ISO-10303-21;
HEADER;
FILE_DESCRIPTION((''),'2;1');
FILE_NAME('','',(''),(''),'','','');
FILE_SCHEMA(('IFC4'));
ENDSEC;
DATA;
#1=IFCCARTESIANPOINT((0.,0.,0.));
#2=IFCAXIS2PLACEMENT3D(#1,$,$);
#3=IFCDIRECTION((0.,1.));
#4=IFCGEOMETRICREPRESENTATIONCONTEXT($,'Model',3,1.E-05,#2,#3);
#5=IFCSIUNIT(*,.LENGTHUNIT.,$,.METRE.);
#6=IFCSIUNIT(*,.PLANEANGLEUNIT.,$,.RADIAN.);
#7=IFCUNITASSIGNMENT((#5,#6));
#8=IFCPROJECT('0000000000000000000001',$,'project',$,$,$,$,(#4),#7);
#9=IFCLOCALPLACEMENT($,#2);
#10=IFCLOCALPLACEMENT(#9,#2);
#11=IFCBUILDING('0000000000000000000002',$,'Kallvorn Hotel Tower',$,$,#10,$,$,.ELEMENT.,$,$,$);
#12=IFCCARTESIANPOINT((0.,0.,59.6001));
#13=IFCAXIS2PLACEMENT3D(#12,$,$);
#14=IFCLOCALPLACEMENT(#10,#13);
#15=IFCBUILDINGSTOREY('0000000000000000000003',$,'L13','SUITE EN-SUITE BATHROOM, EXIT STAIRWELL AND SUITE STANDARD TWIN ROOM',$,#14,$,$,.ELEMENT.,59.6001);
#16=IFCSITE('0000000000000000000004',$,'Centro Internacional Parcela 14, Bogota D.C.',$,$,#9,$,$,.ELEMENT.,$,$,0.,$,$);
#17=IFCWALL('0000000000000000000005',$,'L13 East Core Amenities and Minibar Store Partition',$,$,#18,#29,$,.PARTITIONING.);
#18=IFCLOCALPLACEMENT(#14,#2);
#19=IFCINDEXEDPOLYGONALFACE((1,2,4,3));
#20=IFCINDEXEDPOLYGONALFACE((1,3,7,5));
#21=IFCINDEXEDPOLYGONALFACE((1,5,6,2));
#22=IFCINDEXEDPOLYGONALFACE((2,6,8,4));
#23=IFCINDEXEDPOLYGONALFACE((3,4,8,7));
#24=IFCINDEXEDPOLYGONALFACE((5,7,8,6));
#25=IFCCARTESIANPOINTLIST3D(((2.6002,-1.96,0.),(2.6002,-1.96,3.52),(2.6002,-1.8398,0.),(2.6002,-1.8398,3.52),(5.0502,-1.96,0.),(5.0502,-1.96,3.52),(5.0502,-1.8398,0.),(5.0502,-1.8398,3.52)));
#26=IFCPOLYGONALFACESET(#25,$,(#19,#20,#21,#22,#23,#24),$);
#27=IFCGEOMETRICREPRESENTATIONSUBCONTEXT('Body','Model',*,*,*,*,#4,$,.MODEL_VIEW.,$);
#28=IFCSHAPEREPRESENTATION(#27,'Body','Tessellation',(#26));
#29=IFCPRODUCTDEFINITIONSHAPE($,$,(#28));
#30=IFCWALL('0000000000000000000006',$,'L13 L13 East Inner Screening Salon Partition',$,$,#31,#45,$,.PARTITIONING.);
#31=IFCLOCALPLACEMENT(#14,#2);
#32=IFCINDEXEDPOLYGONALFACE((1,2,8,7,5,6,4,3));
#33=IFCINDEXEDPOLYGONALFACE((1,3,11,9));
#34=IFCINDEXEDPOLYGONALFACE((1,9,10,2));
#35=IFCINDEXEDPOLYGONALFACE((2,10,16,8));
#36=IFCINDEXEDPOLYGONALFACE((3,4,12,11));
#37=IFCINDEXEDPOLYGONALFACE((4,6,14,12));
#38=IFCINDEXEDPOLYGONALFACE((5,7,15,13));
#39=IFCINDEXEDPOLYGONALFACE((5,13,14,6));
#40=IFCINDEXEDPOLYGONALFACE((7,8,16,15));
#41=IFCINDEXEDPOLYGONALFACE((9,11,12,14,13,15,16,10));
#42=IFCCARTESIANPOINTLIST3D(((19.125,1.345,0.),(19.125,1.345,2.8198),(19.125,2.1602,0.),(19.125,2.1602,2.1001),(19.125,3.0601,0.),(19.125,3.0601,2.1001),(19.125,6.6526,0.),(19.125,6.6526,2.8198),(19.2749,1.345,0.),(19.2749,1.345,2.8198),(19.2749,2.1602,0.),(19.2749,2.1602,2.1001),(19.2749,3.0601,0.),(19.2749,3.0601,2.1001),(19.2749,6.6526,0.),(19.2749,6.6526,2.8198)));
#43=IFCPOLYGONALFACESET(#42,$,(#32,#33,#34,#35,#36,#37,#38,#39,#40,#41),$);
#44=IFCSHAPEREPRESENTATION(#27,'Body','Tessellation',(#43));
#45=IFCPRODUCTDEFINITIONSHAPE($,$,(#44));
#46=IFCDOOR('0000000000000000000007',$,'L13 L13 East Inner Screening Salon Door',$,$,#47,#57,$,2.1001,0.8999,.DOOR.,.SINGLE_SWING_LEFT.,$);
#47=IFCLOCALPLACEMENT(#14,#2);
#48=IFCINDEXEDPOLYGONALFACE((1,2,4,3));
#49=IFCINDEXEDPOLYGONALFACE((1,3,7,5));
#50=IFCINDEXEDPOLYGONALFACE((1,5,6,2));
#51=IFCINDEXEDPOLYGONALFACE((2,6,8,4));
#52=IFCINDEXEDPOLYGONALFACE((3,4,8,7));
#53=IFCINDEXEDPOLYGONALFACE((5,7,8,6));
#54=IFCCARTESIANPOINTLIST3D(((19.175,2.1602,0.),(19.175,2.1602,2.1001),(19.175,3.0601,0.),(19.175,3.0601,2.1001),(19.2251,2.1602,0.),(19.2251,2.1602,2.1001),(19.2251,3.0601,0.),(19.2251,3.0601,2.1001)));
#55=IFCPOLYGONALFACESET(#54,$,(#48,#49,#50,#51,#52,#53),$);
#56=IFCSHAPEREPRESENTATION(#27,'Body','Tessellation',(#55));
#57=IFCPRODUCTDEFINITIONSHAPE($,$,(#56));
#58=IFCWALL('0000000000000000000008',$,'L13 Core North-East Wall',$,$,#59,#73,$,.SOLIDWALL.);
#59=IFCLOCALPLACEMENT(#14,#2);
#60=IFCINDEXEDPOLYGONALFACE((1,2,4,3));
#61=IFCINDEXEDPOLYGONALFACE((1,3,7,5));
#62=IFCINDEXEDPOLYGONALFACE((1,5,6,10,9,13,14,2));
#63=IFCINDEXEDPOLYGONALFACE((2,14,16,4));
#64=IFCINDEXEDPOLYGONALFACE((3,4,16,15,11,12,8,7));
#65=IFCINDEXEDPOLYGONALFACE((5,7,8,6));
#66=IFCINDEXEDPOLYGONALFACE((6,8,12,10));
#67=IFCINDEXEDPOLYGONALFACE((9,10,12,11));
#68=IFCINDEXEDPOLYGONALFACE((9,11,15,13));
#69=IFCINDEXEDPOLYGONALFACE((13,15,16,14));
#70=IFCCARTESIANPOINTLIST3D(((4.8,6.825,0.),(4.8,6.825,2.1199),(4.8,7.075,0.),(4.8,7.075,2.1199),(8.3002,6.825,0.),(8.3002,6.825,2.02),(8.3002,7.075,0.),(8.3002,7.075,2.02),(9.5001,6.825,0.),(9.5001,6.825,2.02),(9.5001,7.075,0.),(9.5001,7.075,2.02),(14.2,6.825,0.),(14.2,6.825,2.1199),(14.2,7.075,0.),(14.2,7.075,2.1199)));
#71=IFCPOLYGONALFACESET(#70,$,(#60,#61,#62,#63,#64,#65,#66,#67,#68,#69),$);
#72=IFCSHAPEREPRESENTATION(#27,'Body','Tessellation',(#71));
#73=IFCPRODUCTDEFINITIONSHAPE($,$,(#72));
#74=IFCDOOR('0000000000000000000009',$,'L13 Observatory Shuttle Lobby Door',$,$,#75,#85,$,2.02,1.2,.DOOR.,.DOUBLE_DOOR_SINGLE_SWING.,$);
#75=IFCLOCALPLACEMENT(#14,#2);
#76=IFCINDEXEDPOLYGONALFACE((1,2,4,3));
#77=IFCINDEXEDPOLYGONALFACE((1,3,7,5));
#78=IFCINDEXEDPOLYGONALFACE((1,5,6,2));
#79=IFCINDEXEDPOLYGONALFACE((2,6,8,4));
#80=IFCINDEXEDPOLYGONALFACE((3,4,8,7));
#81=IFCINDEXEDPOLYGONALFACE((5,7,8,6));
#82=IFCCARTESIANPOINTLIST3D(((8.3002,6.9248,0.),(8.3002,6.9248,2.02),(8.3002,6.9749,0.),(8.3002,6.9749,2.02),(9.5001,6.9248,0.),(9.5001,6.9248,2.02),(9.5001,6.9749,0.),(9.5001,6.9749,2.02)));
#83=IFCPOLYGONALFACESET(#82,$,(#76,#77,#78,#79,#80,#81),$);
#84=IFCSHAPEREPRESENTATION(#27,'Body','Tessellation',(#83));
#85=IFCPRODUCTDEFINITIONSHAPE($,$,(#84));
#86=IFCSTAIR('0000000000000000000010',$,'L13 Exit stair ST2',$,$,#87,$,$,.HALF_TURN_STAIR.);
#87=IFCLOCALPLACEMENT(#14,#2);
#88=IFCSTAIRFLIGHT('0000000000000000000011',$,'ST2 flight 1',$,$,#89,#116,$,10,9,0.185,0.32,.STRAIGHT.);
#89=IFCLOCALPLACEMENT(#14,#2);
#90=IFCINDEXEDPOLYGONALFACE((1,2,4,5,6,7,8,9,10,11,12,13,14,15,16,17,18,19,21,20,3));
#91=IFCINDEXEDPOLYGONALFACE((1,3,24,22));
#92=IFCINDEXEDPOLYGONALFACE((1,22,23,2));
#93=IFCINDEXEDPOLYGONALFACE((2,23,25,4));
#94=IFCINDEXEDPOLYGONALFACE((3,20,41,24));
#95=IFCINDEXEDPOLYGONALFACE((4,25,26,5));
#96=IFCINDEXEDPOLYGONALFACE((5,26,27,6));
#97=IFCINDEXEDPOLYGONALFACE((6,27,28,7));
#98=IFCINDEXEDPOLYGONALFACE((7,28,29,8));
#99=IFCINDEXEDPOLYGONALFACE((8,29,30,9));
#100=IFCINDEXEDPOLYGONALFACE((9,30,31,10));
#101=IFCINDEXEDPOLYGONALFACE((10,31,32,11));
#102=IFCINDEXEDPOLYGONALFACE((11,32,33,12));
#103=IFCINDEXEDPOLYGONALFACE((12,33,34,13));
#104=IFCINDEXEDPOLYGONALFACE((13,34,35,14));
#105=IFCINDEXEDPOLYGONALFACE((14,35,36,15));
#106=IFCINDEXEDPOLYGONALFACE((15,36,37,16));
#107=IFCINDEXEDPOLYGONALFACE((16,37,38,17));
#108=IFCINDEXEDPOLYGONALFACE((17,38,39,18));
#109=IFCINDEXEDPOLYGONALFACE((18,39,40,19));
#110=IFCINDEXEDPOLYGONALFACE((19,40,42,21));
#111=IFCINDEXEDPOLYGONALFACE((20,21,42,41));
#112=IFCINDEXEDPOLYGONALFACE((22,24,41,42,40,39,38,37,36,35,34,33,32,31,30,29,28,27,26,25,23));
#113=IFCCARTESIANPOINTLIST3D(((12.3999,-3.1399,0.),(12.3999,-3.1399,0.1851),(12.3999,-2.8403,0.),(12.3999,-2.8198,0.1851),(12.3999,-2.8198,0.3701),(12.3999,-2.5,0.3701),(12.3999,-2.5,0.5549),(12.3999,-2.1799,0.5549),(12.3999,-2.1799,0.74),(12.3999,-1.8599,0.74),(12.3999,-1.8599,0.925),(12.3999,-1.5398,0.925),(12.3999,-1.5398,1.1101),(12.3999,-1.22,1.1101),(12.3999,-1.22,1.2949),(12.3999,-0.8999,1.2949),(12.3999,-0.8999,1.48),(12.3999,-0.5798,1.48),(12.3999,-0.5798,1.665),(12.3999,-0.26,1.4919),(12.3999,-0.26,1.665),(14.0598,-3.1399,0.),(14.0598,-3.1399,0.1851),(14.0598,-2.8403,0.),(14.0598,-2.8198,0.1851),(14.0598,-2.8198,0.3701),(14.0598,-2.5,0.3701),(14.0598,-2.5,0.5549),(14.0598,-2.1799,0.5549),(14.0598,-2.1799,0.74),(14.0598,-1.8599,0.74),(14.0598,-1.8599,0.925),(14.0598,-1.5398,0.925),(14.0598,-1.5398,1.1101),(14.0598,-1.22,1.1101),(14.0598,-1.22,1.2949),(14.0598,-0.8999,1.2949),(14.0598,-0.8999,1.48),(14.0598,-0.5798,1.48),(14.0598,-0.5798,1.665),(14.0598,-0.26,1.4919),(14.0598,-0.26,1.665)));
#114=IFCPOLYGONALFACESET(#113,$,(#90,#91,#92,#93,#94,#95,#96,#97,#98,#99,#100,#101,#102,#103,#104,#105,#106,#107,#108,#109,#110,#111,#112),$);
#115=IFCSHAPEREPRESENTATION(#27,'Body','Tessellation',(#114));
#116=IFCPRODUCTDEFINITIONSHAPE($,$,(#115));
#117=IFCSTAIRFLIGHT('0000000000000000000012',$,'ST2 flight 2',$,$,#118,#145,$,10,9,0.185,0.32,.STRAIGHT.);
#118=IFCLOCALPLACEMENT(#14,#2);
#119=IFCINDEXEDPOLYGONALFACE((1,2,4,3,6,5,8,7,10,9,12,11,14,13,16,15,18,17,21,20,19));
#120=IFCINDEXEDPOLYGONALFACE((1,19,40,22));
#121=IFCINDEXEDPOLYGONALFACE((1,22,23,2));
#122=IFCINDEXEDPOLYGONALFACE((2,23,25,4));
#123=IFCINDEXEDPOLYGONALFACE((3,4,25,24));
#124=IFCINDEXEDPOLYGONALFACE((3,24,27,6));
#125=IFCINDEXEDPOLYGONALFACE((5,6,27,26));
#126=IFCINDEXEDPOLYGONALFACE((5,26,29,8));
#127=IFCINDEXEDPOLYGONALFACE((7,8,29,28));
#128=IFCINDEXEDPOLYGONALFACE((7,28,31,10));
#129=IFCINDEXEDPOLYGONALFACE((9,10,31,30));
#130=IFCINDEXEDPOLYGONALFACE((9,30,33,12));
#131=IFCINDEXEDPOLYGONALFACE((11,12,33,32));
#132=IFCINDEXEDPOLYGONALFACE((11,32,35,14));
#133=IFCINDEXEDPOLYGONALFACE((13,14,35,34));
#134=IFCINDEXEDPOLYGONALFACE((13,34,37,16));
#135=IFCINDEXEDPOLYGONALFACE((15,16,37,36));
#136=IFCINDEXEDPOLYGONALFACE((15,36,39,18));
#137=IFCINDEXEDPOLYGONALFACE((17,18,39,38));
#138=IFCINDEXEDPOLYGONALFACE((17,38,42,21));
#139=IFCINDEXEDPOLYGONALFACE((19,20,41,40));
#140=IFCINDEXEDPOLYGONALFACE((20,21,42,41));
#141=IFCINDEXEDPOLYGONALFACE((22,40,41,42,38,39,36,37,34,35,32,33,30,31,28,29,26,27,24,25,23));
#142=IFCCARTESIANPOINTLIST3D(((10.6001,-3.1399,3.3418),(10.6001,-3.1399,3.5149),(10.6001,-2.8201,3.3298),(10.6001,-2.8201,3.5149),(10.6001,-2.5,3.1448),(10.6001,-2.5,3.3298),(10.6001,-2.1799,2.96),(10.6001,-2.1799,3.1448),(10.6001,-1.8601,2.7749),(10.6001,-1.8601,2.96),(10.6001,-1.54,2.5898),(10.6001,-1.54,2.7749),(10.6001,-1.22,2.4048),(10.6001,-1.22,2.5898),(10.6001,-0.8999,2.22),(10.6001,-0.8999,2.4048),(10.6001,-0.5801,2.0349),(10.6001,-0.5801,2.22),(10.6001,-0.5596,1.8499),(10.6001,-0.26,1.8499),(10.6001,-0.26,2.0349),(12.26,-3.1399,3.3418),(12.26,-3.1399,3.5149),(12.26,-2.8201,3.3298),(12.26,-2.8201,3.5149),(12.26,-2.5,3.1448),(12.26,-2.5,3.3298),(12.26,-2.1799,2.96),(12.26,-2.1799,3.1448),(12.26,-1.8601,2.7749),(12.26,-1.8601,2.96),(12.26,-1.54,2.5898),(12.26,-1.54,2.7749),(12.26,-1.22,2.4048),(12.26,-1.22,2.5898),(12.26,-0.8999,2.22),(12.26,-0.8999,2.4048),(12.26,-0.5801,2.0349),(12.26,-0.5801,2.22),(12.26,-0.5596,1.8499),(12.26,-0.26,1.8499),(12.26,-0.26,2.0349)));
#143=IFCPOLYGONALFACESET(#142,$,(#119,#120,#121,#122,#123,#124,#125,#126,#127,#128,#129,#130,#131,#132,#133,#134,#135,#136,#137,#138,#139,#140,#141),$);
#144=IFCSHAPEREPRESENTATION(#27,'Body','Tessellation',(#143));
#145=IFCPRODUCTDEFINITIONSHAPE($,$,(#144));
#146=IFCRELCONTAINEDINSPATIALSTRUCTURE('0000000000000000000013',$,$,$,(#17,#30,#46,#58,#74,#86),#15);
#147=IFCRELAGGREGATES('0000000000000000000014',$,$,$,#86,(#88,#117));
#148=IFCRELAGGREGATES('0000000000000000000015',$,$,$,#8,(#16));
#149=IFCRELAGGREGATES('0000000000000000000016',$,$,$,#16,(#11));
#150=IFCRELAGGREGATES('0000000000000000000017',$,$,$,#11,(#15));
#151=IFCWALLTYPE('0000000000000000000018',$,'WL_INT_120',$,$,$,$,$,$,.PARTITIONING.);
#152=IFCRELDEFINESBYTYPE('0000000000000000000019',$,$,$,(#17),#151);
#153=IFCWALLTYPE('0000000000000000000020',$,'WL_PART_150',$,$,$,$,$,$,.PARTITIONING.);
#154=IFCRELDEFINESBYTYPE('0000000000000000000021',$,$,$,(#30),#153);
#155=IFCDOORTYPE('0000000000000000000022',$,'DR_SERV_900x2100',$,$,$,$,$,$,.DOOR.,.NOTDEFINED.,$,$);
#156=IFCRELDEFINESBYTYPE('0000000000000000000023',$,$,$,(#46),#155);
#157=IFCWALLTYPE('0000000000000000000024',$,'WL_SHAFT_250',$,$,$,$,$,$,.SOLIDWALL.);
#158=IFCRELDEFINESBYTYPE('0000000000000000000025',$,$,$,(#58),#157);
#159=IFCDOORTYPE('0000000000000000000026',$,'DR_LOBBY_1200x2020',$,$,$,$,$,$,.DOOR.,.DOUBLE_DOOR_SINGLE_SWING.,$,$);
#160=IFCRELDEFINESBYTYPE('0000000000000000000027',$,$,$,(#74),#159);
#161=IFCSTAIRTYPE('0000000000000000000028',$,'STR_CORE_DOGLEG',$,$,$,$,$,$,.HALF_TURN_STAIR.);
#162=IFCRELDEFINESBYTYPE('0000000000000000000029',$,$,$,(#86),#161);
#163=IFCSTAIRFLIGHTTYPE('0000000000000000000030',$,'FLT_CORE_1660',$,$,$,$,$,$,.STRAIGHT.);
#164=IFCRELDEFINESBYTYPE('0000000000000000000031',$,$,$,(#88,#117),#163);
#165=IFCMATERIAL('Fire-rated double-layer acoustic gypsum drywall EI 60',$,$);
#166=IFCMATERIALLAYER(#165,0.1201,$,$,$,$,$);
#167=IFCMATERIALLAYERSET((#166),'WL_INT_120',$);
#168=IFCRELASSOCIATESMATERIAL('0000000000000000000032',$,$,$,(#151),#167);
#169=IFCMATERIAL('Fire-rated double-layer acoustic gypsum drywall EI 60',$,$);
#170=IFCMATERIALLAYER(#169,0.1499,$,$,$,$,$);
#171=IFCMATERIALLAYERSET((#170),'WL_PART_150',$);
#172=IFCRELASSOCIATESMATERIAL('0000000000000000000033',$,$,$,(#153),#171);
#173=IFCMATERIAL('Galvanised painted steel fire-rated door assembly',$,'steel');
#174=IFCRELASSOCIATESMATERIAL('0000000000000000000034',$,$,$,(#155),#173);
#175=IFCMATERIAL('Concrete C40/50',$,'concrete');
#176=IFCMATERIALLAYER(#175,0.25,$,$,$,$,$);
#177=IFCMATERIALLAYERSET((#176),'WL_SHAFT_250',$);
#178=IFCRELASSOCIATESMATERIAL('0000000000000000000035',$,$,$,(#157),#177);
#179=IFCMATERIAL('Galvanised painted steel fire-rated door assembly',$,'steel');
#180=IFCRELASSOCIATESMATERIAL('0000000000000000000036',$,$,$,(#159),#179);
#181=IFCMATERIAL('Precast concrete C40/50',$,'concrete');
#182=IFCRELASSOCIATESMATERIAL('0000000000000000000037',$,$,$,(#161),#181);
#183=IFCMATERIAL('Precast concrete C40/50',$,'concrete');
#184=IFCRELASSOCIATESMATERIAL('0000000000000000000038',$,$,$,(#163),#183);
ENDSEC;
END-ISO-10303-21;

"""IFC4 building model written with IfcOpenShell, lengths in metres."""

from ifc_helpers import new_model, si_unit, direction, frame, frame_2d, origin, place, context, subcontext, project, spatial, polyline, rectangle, outline, extrude, material, layer, layer_set, type_object, element, fill, aggregate, save


model = new_model("IFC4")

# Units and contexts
model_context = context("Model", 3, precision=1e-05, world=origin(), true_north=direction((0.0, 1.0)))
body_context = subcontext(model_context, "Body", "Model", "MODEL_VIEW")
ifc_project = project(units=[si_unit("LENGTHUNIT", "METRE"), si_unit("PLANEANGLEUNIT", "RADIAN")], contexts=[model_context])

# Site, building, storey
site_placement = place(None, origin())
site = spatial("IfcSite", under=ifc_project, at=site_placement, Name="Centro Internacional Parcela 14, Bogota D.C.", CompositionType="ELEMENT", RefElevation=0.0)
building_placement = place(site_placement, origin())
building = spatial("IfcBuilding", under=site, at=building_placement, Name="Kallvorn Hotel Tower", CompositionType="ELEMENT")
storey_placement = place(building_placement, frame((0.0, 0.0, 59.6001)))
storey = spatial("IfcBuildingStorey", under=building, at=storey_placement, Name="L13", Description="SUITE EN-SUITE BATHROOM, EXIT STAIRWELL AND SUITE STANDARD TWIN ROOM", CompositionType="ELEMENT", Elevation=59.6001)

# Wall
ifc_material_1 = material(Name="Fire-rated double-layer acoustic gypsum drywall EI 60")
ifc_layer_1 = layer(ifc_material_1, 0.1201)
ifc_layer_set_1 = layer_set([ifc_layer_1], Name="WL_INT_120")
wall_type_1 = type_object("IfcWallType", Name="WL_INT_120", PredefinedType="PARTITIONING", material=ifc_layer_set_1)
wall_1_placement = place(storey_placement, frame((2.6001, -1.8999, 0.0), z_axis=(0.0, 0.0, 1.0), x_axis=(1.0, 0.0, 0.0)))
element("IfcWall", 1, at=wall_1_placement, inside=storey, type_object=wall_type_1, Name="L13 East Core Amenities and Minibar Store Partition", PredefinedType="PARTITIONING", context=body_context, shape_type="SweptSolid", body=[
    extrude(rectangle(XDim=2.45, YDim=0.1201, at=frame_2d((1.2251, 0.0))), origin(), (0.0, 0.0, 1.0), 3.52),
])

# Walls, openings, doors
ifc_material_2 = material(Name="Fire-rated double-layer acoustic gypsum drywall EI 60")
ifc_layer_2 = layer(ifc_material_2, 0.1499)
ifc_layer_set_2 = layer_set([ifc_layer_2], Name="WL_PART_150")
wall_type_2 = type_object("IfcWallType", Name="WL_PART_150", PredefinedType="PARTITIONING", material=ifc_layer_set_2)
wall_2_placement = place(storey_placement, frame((19.2, 1.345, 0.0), z_axis=(0.0, 0.0, 1.0), x_axis=(0.0, 1.0, 0.0)))
wall_2 = element("IfcWall", 2, at=wall_2_placement, inside=storey, type_object=wall_type_2, Name="L13 L13 East Inner Screening Salon Partition", PredefinedType="PARTITIONING", context=body_context, shape_type="SweptSolid", body=[
    extrude(rectangle(XDim=5.3076, YDim=0.1499, at=frame_2d((2.6538, 0.0))), origin(), (0.0, 0.0, 1.0), 2.8198),
])
opening_1_placement = place(wall_2_placement, frame((0.8152, 0.0, 0.0)))
opening_1 = element("IfcOpeningElement", 3, at=opening_1_placement, cuts=wall_2, PredefinedType="OPENING", context=body_context, shape_type="SweptSolid", body=[
    extrude(rectangle(XDim=0.8999, YDim=2.1001, at=frame_2d((0.45, 1.05))), frame((0.0, 0.0898, 0.0), z_axis=(0.0, -1.0, 0.0), x_axis=(1.0, 0.0, 0.0)), (0.0, 0.0, 1.0), 0.1799),
])
ifc_material_3 = material(Name="Galvanised painted steel fire-rated door assembly", Category="steel")
door_type_1 = type_object("IfcDoorType", Name="DR_SERV_900x2100", OperationType="NOTDEFINED", PredefinedType="DOOR", material=ifc_material_3)
door_1_placement = place(opening_1_placement, origin())
door_1 = element("IfcDoor", 4, at=door_1_placement, inside=storey, type_object=door_type_1, Name="L13 L13 East Inner Screening Salon Door", OperationType="SINGLE_SWING_LEFT", OverallHeight=2.1001, OverallWidth=0.8999, PredefinedType="DOOR", context=body_context, shape_type="SweptSolid", body=[
    extrude(rectangle(XDim=0.8999, YDim=2.1001, at=frame_2d((0.45, 1.05))), frame((0.0, 0.0249, 0.0), z_axis=(0.0, -1.0, 0.0), x_axis=(1.0, 0.0, 0.0)), (0.0, 0.0, 1.0), 0.05),
])
fill(opening_1, door_1)
ifc_material_4 = material(Name="Concrete C40/50", Category="concrete")
ifc_layer_3 = layer(ifc_material_4, 0.25)
ifc_layer_set_3 = layer_set([ifc_layer_3], Name="WL_SHAFT_250")
wall_type_3 = type_object("IfcWallType", Name="WL_SHAFT_250", PredefinedType="SOLIDWALL", material=ifc_layer_set_3)
wall_3_placement = place(storey_placement, frame((4.8, 6.95, 0.0), z_axis=(0.0, 0.0, 1.0), x_axis=(1.0, 0.0, 0.0)))
wall_3 = element("IfcWall", 5, at=wall_3_placement, inside=storey, type_object=wall_type_3, Name="L13 Core North-East Wall", PredefinedType="SOLIDWALL", context=body_context, shape_type="SweptSolid", body=[
    extrude(rectangle(XDim=9.3999, YDim=0.25, at=frame_2d((4.7, 0.0))), origin(), (0.0, 0.0, 1.0), 2.1199),
])
opening_2_placement = place(wall_3_placement, frame((3.5, 0.0, 0.0)))
opening_2 = element("IfcOpeningElement", 6, at=opening_2_placement, cuts=wall_3, PredefinedType="OPENING", context=body_context, shape_type="SweptSolid", body=[
    extrude(rectangle(XDim=1.2, YDim=2.02, at=frame_2d((0.6001, 1.01))), frame((0.0, 0.1399, 0.0), z_axis=(0.0, -1.0, 0.0), x_axis=(1.0, 0.0, 0.0)), (0.0, 0.0, 1.0), 0.28),
])
ifc_material_5 = material(Name="Galvanised painted steel fire-rated door assembly", Category="steel")
door_type_2 = type_object("IfcDoorType", Name="DR_LOBBY_1200x2020", OperationType="DOUBLE_DOOR_SINGLE_SWING", PredefinedType="DOOR", material=ifc_material_5)
door_2_placement = place(opening_2_placement, origin())
door_2 = element("IfcDoor", 7, at=door_2_placement, inside=storey, type_object=door_type_2, Name="L13 Observatory Shuttle Lobby Door", OperationType="DOUBLE_DOOR_SINGLE_SWING", OverallHeight=2.02, OverallWidth=1.2, PredefinedType="DOOR", context=body_context, shape_type="SweptSolid", body=[
    extrude(rectangle(XDim=1.2, YDim=2.02, at=frame_2d((0.6001, 1.01))), frame((0.0, 0.0249, 0.0), z_axis=(0.0, -1.0, 0.0), x_axis=(1.0, 0.0, 0.0)), (0.0, 0.0, 1.0), 0.05),
])
fill(opening_2, door_2)

# Stair, stair flights
ifc_material_6 = material(Name="Precast concrete C40/50", Category="concrete")
stair_type = type_object("IfcStairType", Name="STR_CORE_DOGLEG", PredefinedType="HALF_TURN_STAIR", material=ifc_material_6)
stair_placement = place(storey_placement, origin())
stair = element("IfcStair", 8, at=stair_placement, inside=storey, type_object=stair_type, Name="L13 Exit stair ST2", PredefinedType="HALF_TURN_STAIR")
ifc_material_7 = material(Name="Precast concrete C40/50", Category="concrete")
stair_flight_type = type_object("IfcStairFlightType", Name="FLT_CORE_1660", PredefinedType="STRAIGHT", material=ifc_material_7)
stair_flight_1_placement = place(storey_placement, frame((13.23, -3.1399, 0.0), z_axis=(0.0, 0.0, 1.0), x_axis=(0.0, 1.0, 0.0)))
stair_flight_1 = element("IfcStairFlight", 9, at=stair_flight_1_placement, type_object=stair_flight_type, Name="ST2 flight 1", NumberOfRisers=10, NumberOfTreads=9, PredefinedType="STRAIGHT", RiserHeight=0.185, TreadLength=0.32, context=body_context, shape_type="SweptSolid", body=[
    extrude(outline(polyline([(0.0, 0.0), (0.0, 0.1851), (0.3201, 0.1851), (0.3201, 0.3701), (0.6399, 0.3701), (0.6399, 0.5549), (0.96, 0.5549), (0.96, 0.74), (1.28, 0.74), (1.28, 0.925), (1.6001, 0.925), (1.6001, 1.1101), (1.9199, 1.1101), (1.9199, 1.2949), (2.24, 1.2949), (2.24, 1.48), (2.5601, 1.48), (2.5601, 1.665), (2.8799, 1.665), (2.8799, 1.8501), (2.8799, 1.4919), (0.2996, 0.0), (0.0, 0.0)])), frame((0.0, 0.8301, 0.0), z_axis=(0.0, -1.0, 0.0), x_axis=(1.0, 0.0, 0.0)), (0.0, 0.0, 1.0), 1.6599),
])
stair_flight_2_placement = place(storey_placement, frame((11.4299, -0.26, 1.8499), z_axis=(0.0, 0.0, 1.0), x_axis=(0.0, -1.0, 0.0)))
stair_flight_2 = element("IfcStairFlight", 10, at=stair_flight_2_placement, type_object=stair_flight_type, Name="ST2 flight 2", NumberOfRisers=10, NumberOfTreads=9, PredefinedType="STRAIGHT", RiserHeight=0.185, TreadLength=0.32, context=body_context, shape_type="SweptSolid", body=[
    extrude(outline(polyline([(0.0, 0.0), (0.0, 0.1851), (0.3201, 0.1851), (0.3201, 0.3701), (0.6399, 0.3701), (0.6399, 0.5549), (0.96, 0.5549), (0.96, 0.74), (1.28, 0.74), (1.28, 0.925), (1.6001, 0.925), (1.6001, 1.1101), (1.9199, 1.1101), (1.9199, 1.2949), (2.24, 1.2949), (2.24, 1.48), (2.5601, 1.48), (2.5601, 1.665), (2.8799, 1.665), (2.8799, 1.8501), (2.8799, 1.4919), (0.2996, 0.0), (0.0, 0.0)])), frame((0.0, 0.8301, 0.0), z_axis=(0.0, -1.0, 0.0), x_axis=(1.0, 0.0, 0.0)), (0.0, 0.0, 1.0), 1.6599),
])
aggregate(stair, [stair_flight_1, stair_flight_2])

save(model, "model.ifc")
